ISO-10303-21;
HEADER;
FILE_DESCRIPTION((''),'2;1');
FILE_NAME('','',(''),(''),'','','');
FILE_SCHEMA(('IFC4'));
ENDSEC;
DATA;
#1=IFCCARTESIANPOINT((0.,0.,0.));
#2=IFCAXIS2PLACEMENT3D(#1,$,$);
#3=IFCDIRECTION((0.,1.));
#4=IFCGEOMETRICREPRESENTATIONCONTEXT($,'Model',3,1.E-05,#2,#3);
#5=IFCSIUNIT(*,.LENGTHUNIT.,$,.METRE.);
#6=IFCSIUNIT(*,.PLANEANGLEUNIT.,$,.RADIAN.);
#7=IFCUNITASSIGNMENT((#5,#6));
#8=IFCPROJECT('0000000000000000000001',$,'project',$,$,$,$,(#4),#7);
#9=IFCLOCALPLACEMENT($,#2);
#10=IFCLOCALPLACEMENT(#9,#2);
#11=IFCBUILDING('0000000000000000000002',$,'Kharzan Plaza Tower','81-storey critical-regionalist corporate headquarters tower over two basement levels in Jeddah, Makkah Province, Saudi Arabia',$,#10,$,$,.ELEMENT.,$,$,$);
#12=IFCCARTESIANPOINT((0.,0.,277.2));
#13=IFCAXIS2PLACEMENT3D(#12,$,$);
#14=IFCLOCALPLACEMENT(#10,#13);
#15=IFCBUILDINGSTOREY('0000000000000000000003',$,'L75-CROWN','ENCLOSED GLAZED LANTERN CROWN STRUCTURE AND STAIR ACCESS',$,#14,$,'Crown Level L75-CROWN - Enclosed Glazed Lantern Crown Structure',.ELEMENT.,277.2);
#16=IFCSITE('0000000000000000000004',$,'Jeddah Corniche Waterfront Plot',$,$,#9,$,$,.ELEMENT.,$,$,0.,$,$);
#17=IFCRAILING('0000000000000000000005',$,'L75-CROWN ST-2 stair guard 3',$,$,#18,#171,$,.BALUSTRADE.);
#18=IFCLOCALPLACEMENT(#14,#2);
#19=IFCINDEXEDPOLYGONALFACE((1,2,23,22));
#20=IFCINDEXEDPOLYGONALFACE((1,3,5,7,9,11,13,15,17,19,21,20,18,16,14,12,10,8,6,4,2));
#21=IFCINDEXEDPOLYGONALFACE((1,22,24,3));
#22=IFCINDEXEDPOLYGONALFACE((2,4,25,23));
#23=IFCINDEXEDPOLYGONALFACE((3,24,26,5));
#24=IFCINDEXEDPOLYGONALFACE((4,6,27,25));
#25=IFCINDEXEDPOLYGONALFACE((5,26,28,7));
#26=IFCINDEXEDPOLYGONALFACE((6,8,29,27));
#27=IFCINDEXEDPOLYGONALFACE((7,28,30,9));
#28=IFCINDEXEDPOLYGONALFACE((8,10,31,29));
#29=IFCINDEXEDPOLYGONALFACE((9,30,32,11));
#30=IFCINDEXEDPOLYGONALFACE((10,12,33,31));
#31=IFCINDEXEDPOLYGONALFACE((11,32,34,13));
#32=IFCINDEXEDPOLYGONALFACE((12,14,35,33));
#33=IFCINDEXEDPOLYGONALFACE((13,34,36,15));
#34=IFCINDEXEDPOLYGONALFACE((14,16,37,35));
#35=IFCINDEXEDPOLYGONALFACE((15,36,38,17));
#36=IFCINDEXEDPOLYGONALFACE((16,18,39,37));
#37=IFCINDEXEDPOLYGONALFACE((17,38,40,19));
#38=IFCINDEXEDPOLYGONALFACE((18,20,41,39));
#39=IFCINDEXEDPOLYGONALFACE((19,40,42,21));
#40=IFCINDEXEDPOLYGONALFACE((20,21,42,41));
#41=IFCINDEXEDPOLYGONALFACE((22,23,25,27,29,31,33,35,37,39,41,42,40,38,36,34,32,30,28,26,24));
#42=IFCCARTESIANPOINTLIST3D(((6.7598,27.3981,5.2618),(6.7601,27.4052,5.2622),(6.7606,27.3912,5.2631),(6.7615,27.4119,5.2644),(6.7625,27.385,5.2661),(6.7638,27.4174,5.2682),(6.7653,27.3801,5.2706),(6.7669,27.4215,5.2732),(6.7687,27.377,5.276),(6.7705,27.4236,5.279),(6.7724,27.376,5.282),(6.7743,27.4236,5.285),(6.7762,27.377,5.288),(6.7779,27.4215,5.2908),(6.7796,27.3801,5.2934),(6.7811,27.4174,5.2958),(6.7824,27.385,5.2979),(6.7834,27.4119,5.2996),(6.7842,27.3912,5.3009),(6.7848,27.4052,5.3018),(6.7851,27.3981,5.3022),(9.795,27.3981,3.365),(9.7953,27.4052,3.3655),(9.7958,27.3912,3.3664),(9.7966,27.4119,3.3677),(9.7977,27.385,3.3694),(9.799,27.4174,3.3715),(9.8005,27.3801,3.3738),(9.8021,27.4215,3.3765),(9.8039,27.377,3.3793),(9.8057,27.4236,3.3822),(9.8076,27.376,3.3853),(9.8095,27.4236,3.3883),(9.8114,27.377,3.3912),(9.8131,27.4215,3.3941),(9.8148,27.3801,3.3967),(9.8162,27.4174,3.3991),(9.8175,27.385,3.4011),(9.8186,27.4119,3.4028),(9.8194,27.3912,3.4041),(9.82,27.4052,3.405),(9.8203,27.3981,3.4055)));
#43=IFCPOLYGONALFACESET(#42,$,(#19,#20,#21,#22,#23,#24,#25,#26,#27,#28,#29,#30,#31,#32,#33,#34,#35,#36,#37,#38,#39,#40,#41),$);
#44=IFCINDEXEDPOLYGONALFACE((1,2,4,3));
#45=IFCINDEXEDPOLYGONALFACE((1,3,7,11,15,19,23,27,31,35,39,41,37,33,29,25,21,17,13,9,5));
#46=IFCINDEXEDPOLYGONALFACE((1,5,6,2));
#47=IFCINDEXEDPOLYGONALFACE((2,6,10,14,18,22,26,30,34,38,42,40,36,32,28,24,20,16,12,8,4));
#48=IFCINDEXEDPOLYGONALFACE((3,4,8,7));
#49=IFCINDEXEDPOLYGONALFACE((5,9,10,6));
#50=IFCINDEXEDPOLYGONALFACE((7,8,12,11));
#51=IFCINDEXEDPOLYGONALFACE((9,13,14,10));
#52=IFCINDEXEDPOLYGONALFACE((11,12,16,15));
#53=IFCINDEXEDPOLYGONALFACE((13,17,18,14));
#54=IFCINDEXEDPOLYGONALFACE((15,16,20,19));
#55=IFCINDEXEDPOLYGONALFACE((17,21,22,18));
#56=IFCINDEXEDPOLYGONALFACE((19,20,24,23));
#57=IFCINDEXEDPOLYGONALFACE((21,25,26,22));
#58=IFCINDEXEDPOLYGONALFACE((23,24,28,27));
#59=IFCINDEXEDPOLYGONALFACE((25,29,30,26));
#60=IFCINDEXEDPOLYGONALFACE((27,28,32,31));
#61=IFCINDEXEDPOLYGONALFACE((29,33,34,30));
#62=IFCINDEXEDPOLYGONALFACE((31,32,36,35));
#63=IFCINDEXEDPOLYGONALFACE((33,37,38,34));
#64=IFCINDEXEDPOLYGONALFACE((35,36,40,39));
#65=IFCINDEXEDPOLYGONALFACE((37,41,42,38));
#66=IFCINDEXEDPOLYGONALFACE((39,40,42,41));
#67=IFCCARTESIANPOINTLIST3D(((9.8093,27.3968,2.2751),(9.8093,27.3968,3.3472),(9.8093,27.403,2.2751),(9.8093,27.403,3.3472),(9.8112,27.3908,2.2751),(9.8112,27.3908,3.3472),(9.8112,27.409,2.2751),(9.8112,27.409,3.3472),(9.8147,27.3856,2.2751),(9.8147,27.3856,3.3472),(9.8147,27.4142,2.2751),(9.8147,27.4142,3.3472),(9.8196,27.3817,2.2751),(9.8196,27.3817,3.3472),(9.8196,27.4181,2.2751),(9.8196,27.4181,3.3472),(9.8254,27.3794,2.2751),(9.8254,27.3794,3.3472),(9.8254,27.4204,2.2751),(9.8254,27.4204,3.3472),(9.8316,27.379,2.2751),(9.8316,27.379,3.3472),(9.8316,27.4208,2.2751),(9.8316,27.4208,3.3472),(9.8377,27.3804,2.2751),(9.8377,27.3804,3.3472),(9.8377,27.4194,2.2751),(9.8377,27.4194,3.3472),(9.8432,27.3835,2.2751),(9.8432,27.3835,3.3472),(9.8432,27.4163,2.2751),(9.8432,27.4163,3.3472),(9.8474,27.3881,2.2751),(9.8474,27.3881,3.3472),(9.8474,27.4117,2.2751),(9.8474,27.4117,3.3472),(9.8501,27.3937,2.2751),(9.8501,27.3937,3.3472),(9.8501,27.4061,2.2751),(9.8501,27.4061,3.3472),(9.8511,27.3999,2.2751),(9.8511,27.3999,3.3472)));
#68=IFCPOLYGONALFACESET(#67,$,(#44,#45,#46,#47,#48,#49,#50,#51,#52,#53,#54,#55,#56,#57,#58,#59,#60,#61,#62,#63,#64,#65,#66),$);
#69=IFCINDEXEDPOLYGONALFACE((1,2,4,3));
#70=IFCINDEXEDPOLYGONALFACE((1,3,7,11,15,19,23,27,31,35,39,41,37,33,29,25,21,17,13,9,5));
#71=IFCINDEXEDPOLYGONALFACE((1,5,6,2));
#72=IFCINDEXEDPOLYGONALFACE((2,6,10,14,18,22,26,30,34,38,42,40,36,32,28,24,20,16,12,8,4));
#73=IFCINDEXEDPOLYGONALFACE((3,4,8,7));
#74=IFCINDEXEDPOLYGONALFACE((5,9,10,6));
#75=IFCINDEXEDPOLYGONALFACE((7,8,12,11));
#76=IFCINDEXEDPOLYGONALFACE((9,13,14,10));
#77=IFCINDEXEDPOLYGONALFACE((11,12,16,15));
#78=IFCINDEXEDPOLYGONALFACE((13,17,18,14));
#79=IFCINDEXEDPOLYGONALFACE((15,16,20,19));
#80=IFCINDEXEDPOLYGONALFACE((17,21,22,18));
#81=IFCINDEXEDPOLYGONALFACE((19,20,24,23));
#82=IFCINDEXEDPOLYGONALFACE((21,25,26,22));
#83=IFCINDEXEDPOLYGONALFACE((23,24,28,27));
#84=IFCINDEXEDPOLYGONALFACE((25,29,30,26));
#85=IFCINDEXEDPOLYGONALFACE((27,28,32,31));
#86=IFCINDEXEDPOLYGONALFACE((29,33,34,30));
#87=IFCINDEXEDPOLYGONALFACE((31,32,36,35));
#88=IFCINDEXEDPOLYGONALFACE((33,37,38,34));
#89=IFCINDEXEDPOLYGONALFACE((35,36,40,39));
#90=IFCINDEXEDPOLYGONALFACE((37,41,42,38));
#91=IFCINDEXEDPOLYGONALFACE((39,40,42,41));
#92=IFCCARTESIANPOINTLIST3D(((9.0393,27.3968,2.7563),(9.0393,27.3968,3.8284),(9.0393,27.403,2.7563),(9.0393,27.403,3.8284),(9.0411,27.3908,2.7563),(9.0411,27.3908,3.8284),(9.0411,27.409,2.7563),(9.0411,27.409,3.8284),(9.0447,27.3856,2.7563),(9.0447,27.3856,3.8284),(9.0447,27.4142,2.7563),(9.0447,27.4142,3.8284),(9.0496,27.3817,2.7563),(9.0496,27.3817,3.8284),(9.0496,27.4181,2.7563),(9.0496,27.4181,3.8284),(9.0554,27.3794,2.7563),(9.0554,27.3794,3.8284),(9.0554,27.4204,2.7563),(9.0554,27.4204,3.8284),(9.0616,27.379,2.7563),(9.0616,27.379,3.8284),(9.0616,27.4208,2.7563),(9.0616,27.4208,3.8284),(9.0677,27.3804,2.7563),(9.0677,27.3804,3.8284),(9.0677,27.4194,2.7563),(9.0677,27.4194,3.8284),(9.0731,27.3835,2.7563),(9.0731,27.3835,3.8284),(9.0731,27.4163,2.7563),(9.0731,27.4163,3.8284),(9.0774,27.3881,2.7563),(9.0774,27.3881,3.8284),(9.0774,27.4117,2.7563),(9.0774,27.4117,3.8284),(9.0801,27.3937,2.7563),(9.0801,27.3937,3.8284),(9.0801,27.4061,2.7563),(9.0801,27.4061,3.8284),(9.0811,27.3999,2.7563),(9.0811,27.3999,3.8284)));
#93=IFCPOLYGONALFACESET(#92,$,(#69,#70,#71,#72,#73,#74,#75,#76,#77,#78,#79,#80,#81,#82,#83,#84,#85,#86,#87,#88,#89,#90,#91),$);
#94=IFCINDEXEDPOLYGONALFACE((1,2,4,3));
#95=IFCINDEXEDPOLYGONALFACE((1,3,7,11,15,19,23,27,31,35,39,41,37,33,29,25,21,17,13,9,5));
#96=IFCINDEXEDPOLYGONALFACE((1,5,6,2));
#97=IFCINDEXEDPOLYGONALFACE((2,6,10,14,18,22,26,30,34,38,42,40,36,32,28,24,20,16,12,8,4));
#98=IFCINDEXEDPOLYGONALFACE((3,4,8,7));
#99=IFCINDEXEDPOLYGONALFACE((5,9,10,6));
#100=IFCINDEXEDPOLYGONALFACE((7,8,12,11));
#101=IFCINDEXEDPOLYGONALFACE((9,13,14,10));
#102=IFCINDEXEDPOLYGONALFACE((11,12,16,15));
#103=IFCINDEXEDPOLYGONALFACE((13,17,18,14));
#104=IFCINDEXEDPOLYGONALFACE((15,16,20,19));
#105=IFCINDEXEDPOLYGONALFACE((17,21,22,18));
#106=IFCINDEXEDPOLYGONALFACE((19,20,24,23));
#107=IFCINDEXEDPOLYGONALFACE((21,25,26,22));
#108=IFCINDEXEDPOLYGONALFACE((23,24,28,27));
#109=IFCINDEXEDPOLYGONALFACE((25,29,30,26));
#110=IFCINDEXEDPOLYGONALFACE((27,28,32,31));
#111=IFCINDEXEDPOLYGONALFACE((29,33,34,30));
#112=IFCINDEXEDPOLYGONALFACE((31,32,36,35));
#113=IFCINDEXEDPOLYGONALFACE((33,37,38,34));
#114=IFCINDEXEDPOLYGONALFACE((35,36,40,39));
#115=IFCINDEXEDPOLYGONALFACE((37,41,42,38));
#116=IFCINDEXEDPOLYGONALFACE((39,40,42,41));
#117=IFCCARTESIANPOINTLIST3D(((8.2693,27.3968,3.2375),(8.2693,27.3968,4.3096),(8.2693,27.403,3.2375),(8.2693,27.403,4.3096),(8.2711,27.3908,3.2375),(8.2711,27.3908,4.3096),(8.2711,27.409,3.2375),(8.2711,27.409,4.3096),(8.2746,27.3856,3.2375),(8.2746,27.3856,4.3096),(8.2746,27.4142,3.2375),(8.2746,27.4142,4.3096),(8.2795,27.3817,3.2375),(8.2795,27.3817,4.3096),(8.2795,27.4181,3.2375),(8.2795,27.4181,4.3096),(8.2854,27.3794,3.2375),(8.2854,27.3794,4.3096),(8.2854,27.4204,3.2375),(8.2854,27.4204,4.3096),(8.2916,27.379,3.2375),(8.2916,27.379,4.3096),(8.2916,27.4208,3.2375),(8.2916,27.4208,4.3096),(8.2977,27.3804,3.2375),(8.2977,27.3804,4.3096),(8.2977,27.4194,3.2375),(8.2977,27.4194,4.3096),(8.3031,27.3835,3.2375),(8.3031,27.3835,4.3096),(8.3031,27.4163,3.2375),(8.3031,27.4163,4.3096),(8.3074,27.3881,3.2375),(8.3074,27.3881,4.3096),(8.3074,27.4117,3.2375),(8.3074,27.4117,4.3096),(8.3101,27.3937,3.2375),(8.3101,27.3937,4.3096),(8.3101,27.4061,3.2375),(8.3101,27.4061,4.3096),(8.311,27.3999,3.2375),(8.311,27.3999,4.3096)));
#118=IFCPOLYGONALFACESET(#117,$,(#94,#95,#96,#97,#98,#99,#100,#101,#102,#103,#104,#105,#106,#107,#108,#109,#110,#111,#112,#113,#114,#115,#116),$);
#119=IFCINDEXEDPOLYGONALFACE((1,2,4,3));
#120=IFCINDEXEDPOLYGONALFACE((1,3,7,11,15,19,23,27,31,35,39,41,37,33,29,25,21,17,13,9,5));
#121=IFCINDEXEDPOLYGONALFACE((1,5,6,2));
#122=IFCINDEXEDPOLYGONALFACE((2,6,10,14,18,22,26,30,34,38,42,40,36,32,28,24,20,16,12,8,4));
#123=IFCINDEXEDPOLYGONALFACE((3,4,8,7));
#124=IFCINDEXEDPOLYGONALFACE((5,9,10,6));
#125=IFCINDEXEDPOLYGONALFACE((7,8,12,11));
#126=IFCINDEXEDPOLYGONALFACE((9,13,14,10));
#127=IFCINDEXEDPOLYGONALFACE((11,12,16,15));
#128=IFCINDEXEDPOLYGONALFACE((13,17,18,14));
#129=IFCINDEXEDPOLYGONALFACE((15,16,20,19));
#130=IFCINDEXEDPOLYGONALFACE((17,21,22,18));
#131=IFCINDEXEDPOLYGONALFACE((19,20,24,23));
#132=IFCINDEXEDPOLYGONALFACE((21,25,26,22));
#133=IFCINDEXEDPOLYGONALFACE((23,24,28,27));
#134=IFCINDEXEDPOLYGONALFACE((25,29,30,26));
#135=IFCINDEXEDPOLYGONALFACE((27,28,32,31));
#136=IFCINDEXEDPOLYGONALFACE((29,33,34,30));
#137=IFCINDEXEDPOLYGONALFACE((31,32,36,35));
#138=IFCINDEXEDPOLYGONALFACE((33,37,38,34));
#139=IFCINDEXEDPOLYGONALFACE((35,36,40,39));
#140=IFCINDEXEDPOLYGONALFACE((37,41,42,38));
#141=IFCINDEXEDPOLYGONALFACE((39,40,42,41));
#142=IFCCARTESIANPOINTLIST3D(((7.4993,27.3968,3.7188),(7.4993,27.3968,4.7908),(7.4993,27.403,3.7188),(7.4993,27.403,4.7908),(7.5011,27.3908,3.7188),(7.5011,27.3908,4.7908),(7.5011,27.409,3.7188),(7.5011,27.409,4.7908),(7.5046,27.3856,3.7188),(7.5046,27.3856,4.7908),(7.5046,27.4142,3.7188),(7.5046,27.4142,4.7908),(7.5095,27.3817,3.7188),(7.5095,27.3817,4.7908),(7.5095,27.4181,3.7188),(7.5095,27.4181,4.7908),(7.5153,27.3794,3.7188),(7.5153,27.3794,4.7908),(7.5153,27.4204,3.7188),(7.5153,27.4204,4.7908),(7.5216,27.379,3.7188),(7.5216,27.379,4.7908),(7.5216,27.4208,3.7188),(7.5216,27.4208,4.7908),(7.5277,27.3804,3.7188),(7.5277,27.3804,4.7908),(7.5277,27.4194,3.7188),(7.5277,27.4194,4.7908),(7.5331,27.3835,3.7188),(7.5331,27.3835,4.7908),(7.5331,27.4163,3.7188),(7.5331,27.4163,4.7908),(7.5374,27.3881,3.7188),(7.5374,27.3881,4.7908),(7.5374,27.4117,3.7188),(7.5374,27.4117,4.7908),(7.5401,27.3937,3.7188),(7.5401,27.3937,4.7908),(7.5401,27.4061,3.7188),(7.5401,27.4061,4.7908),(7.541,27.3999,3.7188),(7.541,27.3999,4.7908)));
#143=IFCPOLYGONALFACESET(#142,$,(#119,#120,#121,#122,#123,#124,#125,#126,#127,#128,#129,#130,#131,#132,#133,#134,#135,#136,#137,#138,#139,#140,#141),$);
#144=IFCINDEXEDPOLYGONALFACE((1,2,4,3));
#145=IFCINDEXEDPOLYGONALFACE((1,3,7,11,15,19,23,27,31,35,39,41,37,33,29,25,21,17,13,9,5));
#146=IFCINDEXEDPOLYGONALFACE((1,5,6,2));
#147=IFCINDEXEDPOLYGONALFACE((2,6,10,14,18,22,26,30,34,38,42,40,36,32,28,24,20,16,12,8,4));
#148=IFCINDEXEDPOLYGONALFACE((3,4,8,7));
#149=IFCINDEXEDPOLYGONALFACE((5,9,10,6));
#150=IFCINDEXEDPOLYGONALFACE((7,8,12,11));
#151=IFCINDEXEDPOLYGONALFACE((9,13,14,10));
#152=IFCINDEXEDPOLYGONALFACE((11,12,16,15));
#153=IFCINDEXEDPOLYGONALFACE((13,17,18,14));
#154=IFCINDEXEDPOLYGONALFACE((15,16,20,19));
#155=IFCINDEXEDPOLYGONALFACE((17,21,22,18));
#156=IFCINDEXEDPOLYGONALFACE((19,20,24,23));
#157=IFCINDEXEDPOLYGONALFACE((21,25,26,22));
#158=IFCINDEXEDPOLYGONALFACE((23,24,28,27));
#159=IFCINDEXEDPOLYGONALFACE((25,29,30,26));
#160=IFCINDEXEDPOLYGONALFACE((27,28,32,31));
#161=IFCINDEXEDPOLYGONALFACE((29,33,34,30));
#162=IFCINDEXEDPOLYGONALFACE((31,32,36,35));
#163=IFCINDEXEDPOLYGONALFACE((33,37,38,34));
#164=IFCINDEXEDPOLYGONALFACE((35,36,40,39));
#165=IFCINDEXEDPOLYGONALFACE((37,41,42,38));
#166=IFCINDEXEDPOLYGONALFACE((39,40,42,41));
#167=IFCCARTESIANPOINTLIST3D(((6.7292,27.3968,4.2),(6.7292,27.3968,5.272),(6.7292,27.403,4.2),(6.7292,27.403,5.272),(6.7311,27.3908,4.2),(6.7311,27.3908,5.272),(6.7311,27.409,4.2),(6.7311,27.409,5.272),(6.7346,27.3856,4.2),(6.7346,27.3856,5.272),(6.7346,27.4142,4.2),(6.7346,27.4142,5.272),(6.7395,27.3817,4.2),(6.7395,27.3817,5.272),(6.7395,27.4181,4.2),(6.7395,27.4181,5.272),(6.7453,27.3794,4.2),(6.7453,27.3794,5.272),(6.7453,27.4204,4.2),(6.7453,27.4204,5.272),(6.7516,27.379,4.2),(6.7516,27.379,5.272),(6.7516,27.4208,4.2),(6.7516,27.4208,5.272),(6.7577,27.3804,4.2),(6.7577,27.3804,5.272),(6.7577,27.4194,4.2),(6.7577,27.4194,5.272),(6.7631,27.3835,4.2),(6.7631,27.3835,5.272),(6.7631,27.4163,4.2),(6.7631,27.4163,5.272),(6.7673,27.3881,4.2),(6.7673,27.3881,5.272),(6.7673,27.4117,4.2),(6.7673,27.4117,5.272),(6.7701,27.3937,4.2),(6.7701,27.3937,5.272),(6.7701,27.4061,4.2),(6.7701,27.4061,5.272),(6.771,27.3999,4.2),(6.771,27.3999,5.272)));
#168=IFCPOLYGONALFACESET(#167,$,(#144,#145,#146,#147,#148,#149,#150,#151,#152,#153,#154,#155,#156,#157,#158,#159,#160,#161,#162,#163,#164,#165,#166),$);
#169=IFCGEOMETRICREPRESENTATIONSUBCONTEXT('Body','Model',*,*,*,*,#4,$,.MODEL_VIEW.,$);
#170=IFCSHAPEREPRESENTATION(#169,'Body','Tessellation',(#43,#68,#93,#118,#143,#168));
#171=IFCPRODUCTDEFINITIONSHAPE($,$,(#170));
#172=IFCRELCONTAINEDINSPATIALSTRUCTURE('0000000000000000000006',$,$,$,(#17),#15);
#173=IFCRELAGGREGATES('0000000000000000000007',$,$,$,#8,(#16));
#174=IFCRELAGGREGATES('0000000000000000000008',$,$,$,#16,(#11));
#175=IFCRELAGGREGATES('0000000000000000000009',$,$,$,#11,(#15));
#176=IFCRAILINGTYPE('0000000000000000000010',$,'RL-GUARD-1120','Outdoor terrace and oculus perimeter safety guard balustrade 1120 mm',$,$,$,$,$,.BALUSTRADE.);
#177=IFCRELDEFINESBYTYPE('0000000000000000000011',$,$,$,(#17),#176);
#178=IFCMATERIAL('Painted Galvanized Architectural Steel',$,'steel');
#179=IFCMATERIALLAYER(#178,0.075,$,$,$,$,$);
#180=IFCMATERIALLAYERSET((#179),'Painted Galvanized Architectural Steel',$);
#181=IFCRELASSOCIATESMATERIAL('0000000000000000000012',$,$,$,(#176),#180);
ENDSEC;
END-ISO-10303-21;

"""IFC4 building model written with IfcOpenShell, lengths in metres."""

from ifc_helpers import new_model, si_unit, direction, frame, origin, origin_2d, place, context, subcontext, project, spatial, circle, extrude, source, transform, mapped, material, layer, layer_set, type_object, element, save


model = new_model("IFC4")

# Units and contexts
model_context = context("Model", 3, precision=1e-05, world=origin(), true_north=direction((0.0, 1.0)))
body_context = subcontext(model_context, "Body", "Model", "MODEL_VIEW")
ifc_project = project(units=[si_unit("LENGTHUNIT", "METRE"), si_unit("PLANEANGLEUNIT", "RADIAN")], contexts=[model_context])

# Site, building, storey
site_placement = place(None, origin())
site = spatial("IfcSite", under=ifc_project, at=site_placement, Name="Jeddah Corniche Waterfront Plot", CompositionType="ELEMENT", RefElevation=0.0)
building_placement = place(site_placement, origin())
building = spatial("IfcBuilding", under=site, at=building_placement, Name="Kharzan Plaza Tower", Description="81-storey critical-regionalist corporate headquarters tower over two basement levels in Jeddah, Makkah Province, Saudi Arabia", CompositionType="ELEMENT")
storey_placement = place(building_placement, frame((0.0, 0.0, 277.2)))
storey = spatial("IfcBuildingStorey", under=building, at=storey_placement, Name="L75-CROWN", Description="ENCLOSED GLAZED LANTERN CROWN STRUCTURE AND STAIR ACCESS", LongName="Crown Level L75-CROWN - Enclosed Glazed Lantern Crown Structure", CompositionType="ELEMENT", Elevation=277.2)

# Railing
ifc_material_1 = material(Name="Painted Galvanized Architectural Steel", Category="steel")
ifc_layer_1 = layer(ifc_material_1, 0.075)
ifc_layer_set_1 = layer_set([ifc_layer_1], Name="Painted Galvanized Architectural Steel")
railing_type_1 = type_object("IfcRailingType", Name="RL-GUARD-1120", Description="Outdoor terrace and oculus perimeter safety guard balustrade 1120 mm", PredefinedType="BALUSTRADE", material=ifc_layer_set_1)
shared_shape_1 = source(origin(), body_context, "Body", "SweptSolid", [
    extrude(circle(Radius=0.0239, at=origin_2d()), frame((-0.0225, 0.0, 1.1101), z_axis=(-0.848029, 0.0, 0.529951), x_axis=(0.0, -1.0, 0.0)), (0.0, 0.0, 1.0), 3.5791),
    extrude(circle(Radius=0.021, at=origin_2d()), origin(), (0.0, 0.0, 1.0), 1.072),
    extrude(circle(Radius=0.021, at=origin_2d()), frame((-0.77, 0.0, 0.4812)), (0.0, 0.0, 1.0), 1.072),
    extrude(circle(Radius=0.021, at=origin_2d()), frame((-1.54, 0.0, 0.9624)), (0.0, 0.0, 1.0), 1.072),
    extrude(circle(Radius=0.021, at=origin_2d()), frame((-2.3101, 0.0, 1.4436)), (0.0, 0.0, 1.0), 1.072),
    extrude(circle(Radius=0.021, at=origin_2d()), frame((-3.0801, 0.0, 1.9248)), (0.0, 0.0, 1.0), 1.072),
])
railing_1_placement = place(storey_placement, frame((9.8301, 27.3999, 2.2751)))
element("IfcRailing", 1, at=railing_1_placement, inside=storey, type_object=railing_type_1, Name="L75-CROWN ST-2 stair guard 3", PredefinedType="BALUSTRADE", context=body_context, shape_type="MappedRepresentation", body=[
    mapped(shared_shape_1, transform((0.0, 0.0, 0.0), x_axis=(1.0, 0.0, 0.0), y_axis=(0.0, 1.0, 0.0), z_axis=(0.0, 0.0, 1.0))),
])

save(model, "model.ifc")
